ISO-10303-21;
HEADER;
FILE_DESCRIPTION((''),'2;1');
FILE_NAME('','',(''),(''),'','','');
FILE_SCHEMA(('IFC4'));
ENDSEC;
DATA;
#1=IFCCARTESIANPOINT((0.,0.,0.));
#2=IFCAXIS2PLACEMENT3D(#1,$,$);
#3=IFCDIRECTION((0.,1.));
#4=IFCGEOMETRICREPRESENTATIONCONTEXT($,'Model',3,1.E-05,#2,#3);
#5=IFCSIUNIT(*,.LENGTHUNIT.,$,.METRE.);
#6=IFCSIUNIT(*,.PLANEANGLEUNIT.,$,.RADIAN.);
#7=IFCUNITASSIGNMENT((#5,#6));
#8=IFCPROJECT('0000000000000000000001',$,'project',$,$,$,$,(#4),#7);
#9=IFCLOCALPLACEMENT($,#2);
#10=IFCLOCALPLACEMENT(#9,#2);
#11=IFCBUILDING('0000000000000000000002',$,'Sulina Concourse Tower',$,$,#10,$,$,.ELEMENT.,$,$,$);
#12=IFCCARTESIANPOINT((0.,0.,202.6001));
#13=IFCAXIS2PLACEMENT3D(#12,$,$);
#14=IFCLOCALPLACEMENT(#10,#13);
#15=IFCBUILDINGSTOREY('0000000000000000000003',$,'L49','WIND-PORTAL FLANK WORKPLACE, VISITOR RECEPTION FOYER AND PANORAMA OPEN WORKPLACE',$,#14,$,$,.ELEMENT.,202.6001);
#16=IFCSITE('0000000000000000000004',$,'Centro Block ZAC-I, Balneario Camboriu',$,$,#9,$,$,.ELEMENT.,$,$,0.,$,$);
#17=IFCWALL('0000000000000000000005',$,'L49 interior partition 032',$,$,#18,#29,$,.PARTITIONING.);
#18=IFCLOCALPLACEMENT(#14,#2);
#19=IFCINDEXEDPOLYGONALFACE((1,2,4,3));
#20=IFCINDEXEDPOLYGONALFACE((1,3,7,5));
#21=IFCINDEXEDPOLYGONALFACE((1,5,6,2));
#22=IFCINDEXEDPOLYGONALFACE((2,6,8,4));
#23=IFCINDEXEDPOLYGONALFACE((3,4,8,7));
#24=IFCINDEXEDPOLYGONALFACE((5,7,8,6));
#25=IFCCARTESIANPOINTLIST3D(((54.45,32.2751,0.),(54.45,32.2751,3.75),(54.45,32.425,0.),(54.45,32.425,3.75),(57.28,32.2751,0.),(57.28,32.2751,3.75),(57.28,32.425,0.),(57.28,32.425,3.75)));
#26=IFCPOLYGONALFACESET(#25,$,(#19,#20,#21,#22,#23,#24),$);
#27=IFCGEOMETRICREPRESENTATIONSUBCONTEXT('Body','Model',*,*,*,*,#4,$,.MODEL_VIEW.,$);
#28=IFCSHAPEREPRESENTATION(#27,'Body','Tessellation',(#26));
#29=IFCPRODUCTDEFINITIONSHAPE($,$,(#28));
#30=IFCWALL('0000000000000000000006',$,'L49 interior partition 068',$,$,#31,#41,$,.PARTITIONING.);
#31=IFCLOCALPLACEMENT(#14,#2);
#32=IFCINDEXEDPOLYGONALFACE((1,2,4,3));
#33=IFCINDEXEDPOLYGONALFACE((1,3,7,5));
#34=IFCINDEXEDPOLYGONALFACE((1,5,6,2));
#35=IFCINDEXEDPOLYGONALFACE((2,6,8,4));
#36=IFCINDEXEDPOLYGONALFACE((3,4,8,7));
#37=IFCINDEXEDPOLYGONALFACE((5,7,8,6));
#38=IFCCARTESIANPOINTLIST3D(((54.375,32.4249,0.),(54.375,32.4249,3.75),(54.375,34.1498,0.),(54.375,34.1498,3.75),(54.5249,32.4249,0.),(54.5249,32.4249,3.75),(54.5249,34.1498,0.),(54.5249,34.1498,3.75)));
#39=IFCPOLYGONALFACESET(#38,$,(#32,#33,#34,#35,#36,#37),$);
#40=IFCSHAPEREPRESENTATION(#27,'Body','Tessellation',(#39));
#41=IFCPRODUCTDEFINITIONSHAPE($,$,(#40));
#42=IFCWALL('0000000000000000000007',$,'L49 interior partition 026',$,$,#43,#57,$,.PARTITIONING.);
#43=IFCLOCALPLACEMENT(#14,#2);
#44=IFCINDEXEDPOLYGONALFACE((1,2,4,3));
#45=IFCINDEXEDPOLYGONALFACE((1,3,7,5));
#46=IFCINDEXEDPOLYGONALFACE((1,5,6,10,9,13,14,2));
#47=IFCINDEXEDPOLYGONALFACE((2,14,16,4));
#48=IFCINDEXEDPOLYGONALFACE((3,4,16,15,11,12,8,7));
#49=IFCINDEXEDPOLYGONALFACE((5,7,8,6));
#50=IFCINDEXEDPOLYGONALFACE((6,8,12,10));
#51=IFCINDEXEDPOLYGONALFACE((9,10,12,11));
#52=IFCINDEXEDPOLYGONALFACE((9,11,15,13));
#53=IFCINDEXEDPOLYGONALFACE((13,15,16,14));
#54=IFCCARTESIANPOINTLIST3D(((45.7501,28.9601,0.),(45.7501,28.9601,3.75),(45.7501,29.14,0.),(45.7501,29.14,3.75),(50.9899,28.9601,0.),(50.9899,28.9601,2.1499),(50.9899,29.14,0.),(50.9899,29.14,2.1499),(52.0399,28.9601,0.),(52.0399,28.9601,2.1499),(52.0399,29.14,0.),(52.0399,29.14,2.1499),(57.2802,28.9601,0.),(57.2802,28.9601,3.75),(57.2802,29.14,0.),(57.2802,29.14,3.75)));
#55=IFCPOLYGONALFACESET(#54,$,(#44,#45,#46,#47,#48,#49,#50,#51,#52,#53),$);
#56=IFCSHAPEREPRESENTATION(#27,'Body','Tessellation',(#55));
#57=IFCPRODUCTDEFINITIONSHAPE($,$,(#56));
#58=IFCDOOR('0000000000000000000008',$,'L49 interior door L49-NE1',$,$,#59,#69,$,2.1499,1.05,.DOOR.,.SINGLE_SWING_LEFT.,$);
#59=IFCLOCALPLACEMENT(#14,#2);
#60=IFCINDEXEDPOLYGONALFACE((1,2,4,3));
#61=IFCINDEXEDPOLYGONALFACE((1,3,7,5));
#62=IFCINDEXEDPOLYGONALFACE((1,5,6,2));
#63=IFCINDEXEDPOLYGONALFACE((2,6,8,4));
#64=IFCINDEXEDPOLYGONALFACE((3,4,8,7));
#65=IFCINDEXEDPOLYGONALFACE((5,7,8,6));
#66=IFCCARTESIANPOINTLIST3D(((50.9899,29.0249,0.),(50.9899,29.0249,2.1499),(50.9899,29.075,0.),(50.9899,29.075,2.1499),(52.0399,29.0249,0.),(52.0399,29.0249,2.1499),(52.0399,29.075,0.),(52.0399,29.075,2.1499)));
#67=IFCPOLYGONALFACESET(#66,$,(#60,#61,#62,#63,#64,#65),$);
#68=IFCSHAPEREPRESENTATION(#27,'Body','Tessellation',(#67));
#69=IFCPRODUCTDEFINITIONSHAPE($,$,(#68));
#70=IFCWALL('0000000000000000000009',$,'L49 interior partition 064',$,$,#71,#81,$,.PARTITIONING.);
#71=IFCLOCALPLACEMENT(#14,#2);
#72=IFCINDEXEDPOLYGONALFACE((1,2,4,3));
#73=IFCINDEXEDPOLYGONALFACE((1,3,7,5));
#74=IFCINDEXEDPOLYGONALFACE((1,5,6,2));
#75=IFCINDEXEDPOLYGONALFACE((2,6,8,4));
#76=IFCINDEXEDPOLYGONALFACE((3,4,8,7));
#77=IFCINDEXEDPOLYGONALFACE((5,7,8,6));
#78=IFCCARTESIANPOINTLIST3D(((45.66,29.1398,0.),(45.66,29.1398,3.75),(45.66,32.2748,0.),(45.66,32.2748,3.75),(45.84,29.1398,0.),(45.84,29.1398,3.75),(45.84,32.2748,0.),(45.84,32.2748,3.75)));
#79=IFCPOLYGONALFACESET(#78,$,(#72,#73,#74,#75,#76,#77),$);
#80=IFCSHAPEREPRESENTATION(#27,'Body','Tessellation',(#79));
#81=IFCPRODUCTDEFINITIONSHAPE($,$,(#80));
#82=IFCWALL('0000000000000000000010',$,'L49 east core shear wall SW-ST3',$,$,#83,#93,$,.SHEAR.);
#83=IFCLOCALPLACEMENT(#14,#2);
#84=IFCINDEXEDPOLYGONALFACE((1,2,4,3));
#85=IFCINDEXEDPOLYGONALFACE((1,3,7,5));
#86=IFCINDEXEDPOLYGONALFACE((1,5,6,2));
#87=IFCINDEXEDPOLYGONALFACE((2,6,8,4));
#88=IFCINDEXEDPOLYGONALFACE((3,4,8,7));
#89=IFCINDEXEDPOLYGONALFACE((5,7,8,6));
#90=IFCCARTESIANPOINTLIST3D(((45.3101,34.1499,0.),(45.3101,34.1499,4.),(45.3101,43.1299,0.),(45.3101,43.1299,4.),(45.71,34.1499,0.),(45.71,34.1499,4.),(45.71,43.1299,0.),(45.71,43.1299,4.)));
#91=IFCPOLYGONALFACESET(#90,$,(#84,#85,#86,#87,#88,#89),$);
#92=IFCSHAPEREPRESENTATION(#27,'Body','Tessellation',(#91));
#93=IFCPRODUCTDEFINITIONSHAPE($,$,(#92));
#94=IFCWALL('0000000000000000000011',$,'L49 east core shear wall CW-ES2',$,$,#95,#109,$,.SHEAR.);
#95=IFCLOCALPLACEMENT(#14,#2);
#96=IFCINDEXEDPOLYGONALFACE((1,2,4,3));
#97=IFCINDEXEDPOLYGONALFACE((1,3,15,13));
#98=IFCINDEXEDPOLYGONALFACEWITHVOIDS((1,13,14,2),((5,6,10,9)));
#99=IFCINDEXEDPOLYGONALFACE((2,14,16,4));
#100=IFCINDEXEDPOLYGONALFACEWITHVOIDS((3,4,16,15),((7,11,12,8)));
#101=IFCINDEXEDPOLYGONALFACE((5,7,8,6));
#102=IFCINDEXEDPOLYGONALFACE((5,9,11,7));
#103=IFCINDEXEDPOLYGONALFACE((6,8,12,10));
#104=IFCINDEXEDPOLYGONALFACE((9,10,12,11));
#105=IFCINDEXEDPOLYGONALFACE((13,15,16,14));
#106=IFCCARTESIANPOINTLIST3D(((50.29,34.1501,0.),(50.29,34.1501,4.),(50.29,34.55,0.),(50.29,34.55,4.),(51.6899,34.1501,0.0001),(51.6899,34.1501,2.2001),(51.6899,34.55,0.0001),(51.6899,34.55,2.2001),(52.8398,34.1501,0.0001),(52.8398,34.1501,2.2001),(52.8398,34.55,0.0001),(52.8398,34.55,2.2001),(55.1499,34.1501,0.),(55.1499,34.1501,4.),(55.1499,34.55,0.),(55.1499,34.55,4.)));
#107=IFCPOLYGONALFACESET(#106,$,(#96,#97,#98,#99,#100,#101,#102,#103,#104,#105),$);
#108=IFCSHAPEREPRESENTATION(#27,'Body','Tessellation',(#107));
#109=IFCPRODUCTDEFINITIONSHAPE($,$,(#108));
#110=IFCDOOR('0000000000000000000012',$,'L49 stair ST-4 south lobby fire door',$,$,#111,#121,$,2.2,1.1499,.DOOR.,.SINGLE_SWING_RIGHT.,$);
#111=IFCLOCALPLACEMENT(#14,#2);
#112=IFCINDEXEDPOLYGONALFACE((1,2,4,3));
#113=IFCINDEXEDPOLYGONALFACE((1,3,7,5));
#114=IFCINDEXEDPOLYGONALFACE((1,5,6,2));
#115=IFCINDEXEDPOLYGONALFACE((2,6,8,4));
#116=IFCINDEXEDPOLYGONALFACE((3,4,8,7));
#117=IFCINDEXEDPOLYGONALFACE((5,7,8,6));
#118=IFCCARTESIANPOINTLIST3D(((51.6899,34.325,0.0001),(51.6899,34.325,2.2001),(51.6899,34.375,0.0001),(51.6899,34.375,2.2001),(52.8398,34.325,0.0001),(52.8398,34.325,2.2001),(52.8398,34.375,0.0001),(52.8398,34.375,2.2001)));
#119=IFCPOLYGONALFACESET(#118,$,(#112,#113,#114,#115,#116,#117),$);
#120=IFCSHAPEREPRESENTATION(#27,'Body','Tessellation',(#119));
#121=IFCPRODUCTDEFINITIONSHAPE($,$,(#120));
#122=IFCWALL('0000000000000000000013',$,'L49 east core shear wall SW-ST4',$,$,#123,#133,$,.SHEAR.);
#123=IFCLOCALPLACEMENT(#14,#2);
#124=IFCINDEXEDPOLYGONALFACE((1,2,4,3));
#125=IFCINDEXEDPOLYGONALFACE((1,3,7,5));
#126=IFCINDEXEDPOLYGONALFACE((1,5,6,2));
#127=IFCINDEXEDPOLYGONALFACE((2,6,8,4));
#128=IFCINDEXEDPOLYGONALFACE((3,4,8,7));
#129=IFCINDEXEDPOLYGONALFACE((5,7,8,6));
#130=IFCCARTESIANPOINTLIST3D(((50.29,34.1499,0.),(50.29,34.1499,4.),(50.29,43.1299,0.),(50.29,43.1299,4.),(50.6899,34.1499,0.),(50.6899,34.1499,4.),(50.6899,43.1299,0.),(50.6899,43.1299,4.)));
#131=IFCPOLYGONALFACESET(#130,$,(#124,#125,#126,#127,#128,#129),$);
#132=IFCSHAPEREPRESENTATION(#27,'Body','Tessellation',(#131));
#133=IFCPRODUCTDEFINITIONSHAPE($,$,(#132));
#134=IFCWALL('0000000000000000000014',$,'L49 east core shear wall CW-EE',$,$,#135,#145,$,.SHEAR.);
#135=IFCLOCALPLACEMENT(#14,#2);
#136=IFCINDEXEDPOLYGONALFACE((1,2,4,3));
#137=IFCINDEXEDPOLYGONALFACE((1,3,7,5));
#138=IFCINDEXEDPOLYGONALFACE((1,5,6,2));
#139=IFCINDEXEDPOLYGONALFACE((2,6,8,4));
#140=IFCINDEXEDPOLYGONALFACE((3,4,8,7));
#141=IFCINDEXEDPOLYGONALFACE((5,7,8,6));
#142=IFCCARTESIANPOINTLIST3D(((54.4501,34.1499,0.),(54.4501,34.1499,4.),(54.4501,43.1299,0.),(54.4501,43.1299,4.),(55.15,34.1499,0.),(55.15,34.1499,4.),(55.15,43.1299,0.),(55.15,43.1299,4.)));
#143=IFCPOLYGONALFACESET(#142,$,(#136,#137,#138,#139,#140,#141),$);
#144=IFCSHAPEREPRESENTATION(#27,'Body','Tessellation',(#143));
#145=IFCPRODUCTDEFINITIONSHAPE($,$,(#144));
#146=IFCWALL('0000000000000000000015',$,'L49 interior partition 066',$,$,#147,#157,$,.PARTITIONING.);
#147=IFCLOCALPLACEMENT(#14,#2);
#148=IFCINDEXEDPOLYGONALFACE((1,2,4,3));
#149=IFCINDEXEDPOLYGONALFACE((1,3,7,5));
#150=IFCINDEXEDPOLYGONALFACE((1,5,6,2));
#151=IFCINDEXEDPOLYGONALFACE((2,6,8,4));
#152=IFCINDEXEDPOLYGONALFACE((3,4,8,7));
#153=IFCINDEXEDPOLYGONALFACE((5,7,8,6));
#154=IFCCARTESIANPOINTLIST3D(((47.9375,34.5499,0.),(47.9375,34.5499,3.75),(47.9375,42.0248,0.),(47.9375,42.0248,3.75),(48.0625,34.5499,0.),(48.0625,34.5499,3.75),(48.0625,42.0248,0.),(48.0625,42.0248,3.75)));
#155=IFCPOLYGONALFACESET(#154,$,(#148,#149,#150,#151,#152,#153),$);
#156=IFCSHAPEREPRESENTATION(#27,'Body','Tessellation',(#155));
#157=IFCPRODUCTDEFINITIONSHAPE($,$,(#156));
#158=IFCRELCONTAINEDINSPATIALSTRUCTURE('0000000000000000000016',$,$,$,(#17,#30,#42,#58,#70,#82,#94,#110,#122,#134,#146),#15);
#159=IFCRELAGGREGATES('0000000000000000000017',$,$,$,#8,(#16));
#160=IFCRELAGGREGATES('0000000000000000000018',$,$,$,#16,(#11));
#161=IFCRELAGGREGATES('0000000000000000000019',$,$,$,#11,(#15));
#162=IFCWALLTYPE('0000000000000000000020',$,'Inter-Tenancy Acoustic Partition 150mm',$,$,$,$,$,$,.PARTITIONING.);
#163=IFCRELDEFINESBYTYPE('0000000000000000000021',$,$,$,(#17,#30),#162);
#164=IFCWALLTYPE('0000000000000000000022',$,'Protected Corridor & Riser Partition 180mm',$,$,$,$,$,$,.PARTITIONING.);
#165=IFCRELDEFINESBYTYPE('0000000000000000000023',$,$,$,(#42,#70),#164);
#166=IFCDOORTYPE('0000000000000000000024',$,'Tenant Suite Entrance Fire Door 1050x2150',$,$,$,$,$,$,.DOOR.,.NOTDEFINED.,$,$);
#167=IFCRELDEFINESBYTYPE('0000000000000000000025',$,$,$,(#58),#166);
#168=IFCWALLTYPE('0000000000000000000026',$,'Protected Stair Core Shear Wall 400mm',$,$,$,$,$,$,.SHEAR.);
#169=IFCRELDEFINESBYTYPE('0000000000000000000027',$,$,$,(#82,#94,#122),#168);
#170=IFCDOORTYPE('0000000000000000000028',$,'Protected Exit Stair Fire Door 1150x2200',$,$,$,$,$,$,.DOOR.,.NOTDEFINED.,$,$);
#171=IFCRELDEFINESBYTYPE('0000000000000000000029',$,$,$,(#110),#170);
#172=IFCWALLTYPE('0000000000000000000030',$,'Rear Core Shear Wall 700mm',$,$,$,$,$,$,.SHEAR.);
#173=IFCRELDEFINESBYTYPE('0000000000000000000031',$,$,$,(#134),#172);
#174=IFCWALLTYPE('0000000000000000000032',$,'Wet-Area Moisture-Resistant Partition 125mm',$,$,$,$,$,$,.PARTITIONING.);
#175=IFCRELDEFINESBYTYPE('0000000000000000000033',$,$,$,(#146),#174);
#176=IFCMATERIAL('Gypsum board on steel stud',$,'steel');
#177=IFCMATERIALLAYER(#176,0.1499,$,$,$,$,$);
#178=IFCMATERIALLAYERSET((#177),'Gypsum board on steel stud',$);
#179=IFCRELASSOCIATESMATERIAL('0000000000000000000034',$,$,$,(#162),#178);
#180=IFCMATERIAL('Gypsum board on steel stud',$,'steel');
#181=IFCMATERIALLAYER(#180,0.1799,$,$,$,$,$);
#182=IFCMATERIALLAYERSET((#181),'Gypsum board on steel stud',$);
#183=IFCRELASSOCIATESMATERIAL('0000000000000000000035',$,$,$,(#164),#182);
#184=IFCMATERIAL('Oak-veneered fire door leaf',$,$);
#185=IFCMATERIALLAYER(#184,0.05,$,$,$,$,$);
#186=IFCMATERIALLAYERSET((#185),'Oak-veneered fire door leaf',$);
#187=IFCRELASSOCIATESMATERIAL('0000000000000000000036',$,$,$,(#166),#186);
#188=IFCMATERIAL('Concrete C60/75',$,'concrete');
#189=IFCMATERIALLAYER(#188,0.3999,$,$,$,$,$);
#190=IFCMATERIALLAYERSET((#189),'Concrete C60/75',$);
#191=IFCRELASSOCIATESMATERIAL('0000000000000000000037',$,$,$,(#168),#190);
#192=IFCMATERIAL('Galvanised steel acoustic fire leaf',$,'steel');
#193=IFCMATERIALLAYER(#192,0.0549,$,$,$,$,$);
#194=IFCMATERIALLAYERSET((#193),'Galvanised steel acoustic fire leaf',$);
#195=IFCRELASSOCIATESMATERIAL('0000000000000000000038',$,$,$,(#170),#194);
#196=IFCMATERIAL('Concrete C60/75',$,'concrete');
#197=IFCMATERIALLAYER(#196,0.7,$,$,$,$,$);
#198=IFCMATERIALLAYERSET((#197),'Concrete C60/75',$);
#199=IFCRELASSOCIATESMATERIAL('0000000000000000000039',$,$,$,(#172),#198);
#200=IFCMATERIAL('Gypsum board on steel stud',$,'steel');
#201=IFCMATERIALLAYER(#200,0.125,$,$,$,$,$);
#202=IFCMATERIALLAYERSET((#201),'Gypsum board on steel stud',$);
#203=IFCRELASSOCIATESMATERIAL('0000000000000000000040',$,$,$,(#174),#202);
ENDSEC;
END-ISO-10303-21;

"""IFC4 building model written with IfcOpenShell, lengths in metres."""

from ifc_helpers import new_model, si_unit, direction, frame, frame_2d, origin, place, context, subcontext, project, spatial, rectangle, extrude, material, layer, layer_set, type_object, element, fill, save


model = new_model("IFC4")

# Units and contexts
model_context = context("Model", 3, precision=1e-05, world=origin(), true_north=direction((0.0, 1.0)))
body_context = subcontext(model_context, "Body", "Model", "MODEL_VIEW")
ifc_project = project(units=[si_unit("LENGTHUNIT", "METRE"), si_unit("PLANEANGLEUNIT", "RADIAN")], contexts=[model_context])

# Site, building, storey
site_placement = place(None, origin())
site = spatial("IfcSite", under=ifc_project, at=site_placement, Name="Centro Block ZAC-I, Balneario Camboriu", CompositionType="ELEMENT", RefElevation=0.0)
building_placement = place(site_placement, origin())
building = spatial("IfcBuilding", under=site, at=building_placement, Name="Sulina Concourse Tower", CompositionType="ELEMENT")
storey_placement = place(building_placement, frame((0.0, 0.0, 202.6001)))
storey = spatial("IfcBuildingStorey", under=building, at=storey_placement, Name="L49", Description="WIND-PORTAL FLANK WORKPLACE, VISITOR RECEPTION FOYER AND PANORAMA OPEN WORKPLACE", CompositionType="ELEMENT", Elevation=202.6001)

# Walls
ifc_material_1 = material(Name="Gypsum board on steel stud", Category="steel")
ifc_layer_1 = layer(ifc_material_1, 0.1499)
ifc_layer_set_1 = layer_set([ifc_layer_1], Name="Gypsum board on steel stud")
wall_type_1 = type_object("IfcWallType", Name="Inter-Tenancy Acoustic Partition 150mm", PredefinedType="PARTITIONING", material=ifc_layer_set_1)
wall_1_placement = place(storey_placement, frame((54.45, 32.3501, 0.0), z_axis=(0.0, 0.0, 1.0), x_axis=(1.0, 0.0, 0.0)))
element("IfcWall", 1, at=wall_1_placement, inside=storey, type_object=wall_type_1, Name="L49 interior partition 032", PredefinedType="PARTITIONING", context=body_context, shape_type="SweptSolid", body=[
    extrude(rectangle(XDim=2.8301, YDim=0.1499, at=frame_2d((1.415, 0.0))), origin(), (0.0, 0.0, 1.0), 3.75),
])
wall_2_placement = place(storey_placement, frame((54.45, 32.425, 0.0), z_axis=(0.0, 0.0, 1.0), x_axis=(0.0, 1.0, 0.0)))
element("IfcWall", 2, at=wall_2_placement, inside=storey, type_object=wall_type_1, Name="L49 interior partition 068", PredefinedType="PARTITIONING", context=body_context, shape_type="SweptSolid", body=[
    extrude(rectangle(XDim=1.7249, YDim=0.1499, at=frame_2d((0.8623, 0.0))), origin(), (0.0, 0.0, 1.0), 3.75),
])

# Wall, opening, door
ifc_material_2 = material(Name="Gypsum board on steel stud", Category="steel")
ifc_layer_2 = layer(ifc_material_2, 0.1799)
ifc_layer_set_2 = layer_set([ifc_layer_2], Name="Gypsum board on steel stud")
wall_type_2 = type_object("IfcWallType", Name="Protected Corridor & Riser Partition 180mm", PredefinedType="PARTITIONING", material=ifc_layer_set_2)
wall_3_placement = place(storey_placement, frame((45.75, 29.05, 0.0), z_axis=(0.0, 0.0, 1.0), x_axis=(1.0, 0.0, 0.0)))
wall_3 = element("IfcWall", 3, at=wall_3_placement, inside=storey, type_object=wall_type_2, Name="L49 interior partition 026", PredefinedType="PARTITIONING", context=body_context, shape_type="SweptSolid", body=[
    extrude(rectangle(XDim=11.53, YDim=0.1799, at=frame_2d((5.7651, 0.0))), origin(), (0.0, 0.0, 1.0), 3.75),
])
opening_1_placement = place(wall_3_placement, frame((5.24, 0.0, 0.0)))
opening_1 = element("IfcOpeningElement", 4, at=opening_1_placement, cuts=wall_3, PredefinedType="OPENING", context=body_context, shape_type="SweptSolid", body=[
    extrude(rectangle(XDim=1.05, YDim=2.1499, at=frame_2d((0.5249, 1.075))), frame((0.0, 0.0999, 0.0), z_axis=(0.0, -1.0, 0.0), x_axis=(1.0, 0.0, 0.0)), (0.0, 0.0, 1.0), 0.2),
])
ifc_material_3 = material(Name="Oak-veneered fire door leaf")
ifc_layer_3 = layer(ifc_material_3, 0.05)
ifc_layer_set_3 = layer_set([ifc_layer_3], Name="Oak-veneered fire door leaf")
door_type_1 = type_object("IfcDoorType", Name="Tenant Suite Entrance Fire Door 1050x2150", OperationType="NOTDEFINED", PredefinedType="DOOR", material=ifc_layer_set_3)
door_1_placement = place(opening_1_placement, origin())
door_1 = element("IfcDoor", 5, at=door_1_placement, inside=storey, type_object=door_type_1, Name="L49 interior door L49-NE1", OperationType="SINGLE_SWING_LEFT", OverallHeight=2.1499, OverallWidth=1.05, PredefinedType="DOOR", context=body_context, shape_type="SweptSolid", body=[
    extrude(rectangle(XDim=1.05, YDim=2.1499, at=frame_2d((0.5249, 1.075))), frame((0.0, 0.0249, 0.0), z_axis=(0.0, -1.0, 0.0), x_axis=(1.0, 0.0, 0.0)), (0.0, 0.0, 1.0), 0.05),
])
fill(opening_1, door_1)

# Walls
wall_4_placement = place(storey_placement, frame((45.75, 29.1399, 0.0), z_axis=(0.0, 0.0, 1.0), x_axis=(0.0, 1.0, 0.0)))
element("IfcWall", 6, at=wall_4_placement, inside=storey, type_object=wall_type_2, Name="L49 interior partition 064", PredefinedType="PARTITIONING", context=body_context, shape_type="SweptSolid", body=[
    extrude(rectangle(XDim=3.135, YDim=0.1799, at=frame_2d((1.5674, 0.0))), origin(), (0.0, 0.0, 1.0), 3.75),
])
ifc_material_4 = material(Name="Concrete C60/75", Category="concrete")
ifc_layer_4 = layer(ifc_material_4, 0.3999)
ifc_layer_set_4 = layer_set([ifc_layer_4], Name="Concrete C60/75")
wall_type_3 = type_object("IfcWallType", Name="Protected Stair Core Shear Wall 400mm", PredefinedType="SHEAR", material=ifc_layer_set_4)
wall_5_placement = place(storey_placement, frame((45.51, 34.1499, 0.0), z_axis=(0.0, 0.0, 1.0), x_axis=(0.0, 1.0, 0.0)))
element("IfcWall", 7, at=wall_5_placement, inside=storey, type_object=wall_type_3, Name="L49 east core shear wall SW-ST3", PredefinedType="SHEAR", context=body_context, shape_type="SweptSolid", body=[
    extrude(rectangle(XDim=8.98, YDim=0.3999, at=frame_2d((4.49, 0.0))), origin(), (0.0, 0.0, 1.0), 4.0),
])

# Wall, opening, door
wall_6_placement = place(storey_placement, frame((50.29, 34.3501, 0.0), z_axis=(0.0, 0.0, 1.0), x_axis=(1.0, 0.0, 0.0)))
wall_6 = element("IfcWall", 8, at=wall_6_placement, inside=storey, type_object=wall_type_3, Name="L49 east core shear wall CW-ES2", PredefinedType="SHEAR", context=body_context, shape_type="SweptSolid", body=[
    extrude(rectangle(XDim=4.8599, YDim=0.3999, at=frame_2d((2.4299, 0.0))), origin(), (0.0, 0.0, 1.0), 4.0),
])
opening_2_placement = place(wall_6_placement, frame((1.3999, 0.0, 0.0)))
opening_2 = element("IfcOpeningElement", 9, at=opening_2_placement, cuts=wall_6, PredefinedType="OPENING", context=body_context, shape_type="SweptSolid", body=[
    extrude(rectangle(XDim=1.1499, YDim=2.2, at=frame_2d((0.575, 1.1001))), frame((0.0, 0.21, 0.0), z_axis=(0.0, -1.0, 0.0), x_axis=(1.0, 0.0, 0.0)), (0.0, 0.0, 1.0), 0.4199),
])
ifc_material_5 = material(Name="Galvanised steel acoustic fire leaf", Category="steel")
ifc_layer_5 = layer(ifc_material_5, 0.0549)
ifc_layer_set_5 = layer_set([ifc_layer_5], Name="Galvanised steel acoustic fire leaf")
door_type_2 = type_object("IfcDoorType", Name="Protected Exit Stair Fire Door 1150x2200", OperationType="NOTDEFINED", PredefinedType="DOOR", material=ifc_layer_set_5)
door_2_placement = place(opening_2_placement, origin())
door_2 = element("IfcDoor", 10, at=door_2_placement, inside=storey, type_object=door_type_2, Name="L49 stair ST-4 south lobby fire door", OperationType="SINGLE_SWING_RIGHT", OverallHeight=2.2, OverallWidth=1.1499, PredefinedType="DOOR", context=body_context, shape_type="SweptSolid", body=[
    extrude(rectangle(XDim=1.1499, YDim=2.2, at=frame_2d((0.575, 1.1001))), frame((0.0, 0.0249, 0.0), z_axis=(0.0, -1.0, 0.0), x_axis=(1.0, 0.0, 0.0)), (0.0, 0.0, 1.0), 0.05),
])
fill(opening_2, door_2)

# Walls
wall_7_placement = place(storey_placement, frame((50.49, 34.1499, 0.0), z_axis=(0.0, 0.0, 1.0), x_axis=(0.0, 1.0, 0.0)))
element("IfcWall", 11, at=wall_7_placement, inside=storey, type_object=wall_type_3, Name="L49 east core shear wall SW-ST4", PredefinedType="SHEAR", context=body_context, shape_type="SweptSolid", body=[
    extrude(rectangle(XDim=8.98, YDim=0.3999, at=frame_2d((4.49, 0.0))), origin(), (0.0, 0.0, 1.0), 4.0),
])
ifc_material_6 = material(Name="Concrete C60/75", Category="concrete")
ifc_layer_6 = layer(ifc_material_6, 0.7)
ifc_layer_set_6 = layer_set([ifc_layer_6], Name="Concrete C60/75")
wall_type_4 = type_object("IfcWallType", Name="Rear Core Shear Wall 700mm", PredefinedType="SHEAR", material=ifc_layer_set_6)
wall_8_placement = place(storey_placement, frame((54.8, 34.1499, 0.0), z_axis=(0.0, 0.0, 1.0), x_axis=(0.0, 1.0, 0.0)))
element("IfcWall", 12, at=wall_8_placement, inside=storey, type_object=wall_type_4, Name="L49 east core shear wall CW-EE", PredefinedType="SHEAR", context=body_context, shape_type="SweptSolid", body=[
    extrude(rectangle(XDim=8.98, YDim=0.7, at=frame_2d((4.49, 0.0))), origin(), (0.0, 0.0, 1.0), 4.0),
])
ifc_material_7 = material(Name="Gypsum board on steel stud", Category="steel")
ifc_layer_7 = layer(ifc_material_7, 0.125)
ifc_layer_set_7 = layer_set([ifc_layer_7], Name="Gypsum board on steel stud")
wall_type_5 = type_object("IfcWallType", Name="Wet-Area Moisture-Resistant Partition 125mm", PredefinedType="PARTITIONING", material=ifc_layer_set_7)
wall_9_placement = place(storey_placement, frame((48.0, 34.55, 0.0), z_axis=(0.0, 0.0, 1.0), x_axis=(0.0, 1.0, 0.0)))
element("IfcWall", 13, at=wall_9_placement, inside=storey, type_object=wall_type_5, Name="L49 interior partition 066", PredefinedType="PARTITIONING", context=body_context, shape_type="SweptSolid", body=[
    extrude(rectangle(XDim=7.4749, YDim=0.125, at=frame_2d((3.7373, 0.0))), origin(), (0.0, 0.0, 1.0), 3.75),
])

save(model, "model.ifc")
